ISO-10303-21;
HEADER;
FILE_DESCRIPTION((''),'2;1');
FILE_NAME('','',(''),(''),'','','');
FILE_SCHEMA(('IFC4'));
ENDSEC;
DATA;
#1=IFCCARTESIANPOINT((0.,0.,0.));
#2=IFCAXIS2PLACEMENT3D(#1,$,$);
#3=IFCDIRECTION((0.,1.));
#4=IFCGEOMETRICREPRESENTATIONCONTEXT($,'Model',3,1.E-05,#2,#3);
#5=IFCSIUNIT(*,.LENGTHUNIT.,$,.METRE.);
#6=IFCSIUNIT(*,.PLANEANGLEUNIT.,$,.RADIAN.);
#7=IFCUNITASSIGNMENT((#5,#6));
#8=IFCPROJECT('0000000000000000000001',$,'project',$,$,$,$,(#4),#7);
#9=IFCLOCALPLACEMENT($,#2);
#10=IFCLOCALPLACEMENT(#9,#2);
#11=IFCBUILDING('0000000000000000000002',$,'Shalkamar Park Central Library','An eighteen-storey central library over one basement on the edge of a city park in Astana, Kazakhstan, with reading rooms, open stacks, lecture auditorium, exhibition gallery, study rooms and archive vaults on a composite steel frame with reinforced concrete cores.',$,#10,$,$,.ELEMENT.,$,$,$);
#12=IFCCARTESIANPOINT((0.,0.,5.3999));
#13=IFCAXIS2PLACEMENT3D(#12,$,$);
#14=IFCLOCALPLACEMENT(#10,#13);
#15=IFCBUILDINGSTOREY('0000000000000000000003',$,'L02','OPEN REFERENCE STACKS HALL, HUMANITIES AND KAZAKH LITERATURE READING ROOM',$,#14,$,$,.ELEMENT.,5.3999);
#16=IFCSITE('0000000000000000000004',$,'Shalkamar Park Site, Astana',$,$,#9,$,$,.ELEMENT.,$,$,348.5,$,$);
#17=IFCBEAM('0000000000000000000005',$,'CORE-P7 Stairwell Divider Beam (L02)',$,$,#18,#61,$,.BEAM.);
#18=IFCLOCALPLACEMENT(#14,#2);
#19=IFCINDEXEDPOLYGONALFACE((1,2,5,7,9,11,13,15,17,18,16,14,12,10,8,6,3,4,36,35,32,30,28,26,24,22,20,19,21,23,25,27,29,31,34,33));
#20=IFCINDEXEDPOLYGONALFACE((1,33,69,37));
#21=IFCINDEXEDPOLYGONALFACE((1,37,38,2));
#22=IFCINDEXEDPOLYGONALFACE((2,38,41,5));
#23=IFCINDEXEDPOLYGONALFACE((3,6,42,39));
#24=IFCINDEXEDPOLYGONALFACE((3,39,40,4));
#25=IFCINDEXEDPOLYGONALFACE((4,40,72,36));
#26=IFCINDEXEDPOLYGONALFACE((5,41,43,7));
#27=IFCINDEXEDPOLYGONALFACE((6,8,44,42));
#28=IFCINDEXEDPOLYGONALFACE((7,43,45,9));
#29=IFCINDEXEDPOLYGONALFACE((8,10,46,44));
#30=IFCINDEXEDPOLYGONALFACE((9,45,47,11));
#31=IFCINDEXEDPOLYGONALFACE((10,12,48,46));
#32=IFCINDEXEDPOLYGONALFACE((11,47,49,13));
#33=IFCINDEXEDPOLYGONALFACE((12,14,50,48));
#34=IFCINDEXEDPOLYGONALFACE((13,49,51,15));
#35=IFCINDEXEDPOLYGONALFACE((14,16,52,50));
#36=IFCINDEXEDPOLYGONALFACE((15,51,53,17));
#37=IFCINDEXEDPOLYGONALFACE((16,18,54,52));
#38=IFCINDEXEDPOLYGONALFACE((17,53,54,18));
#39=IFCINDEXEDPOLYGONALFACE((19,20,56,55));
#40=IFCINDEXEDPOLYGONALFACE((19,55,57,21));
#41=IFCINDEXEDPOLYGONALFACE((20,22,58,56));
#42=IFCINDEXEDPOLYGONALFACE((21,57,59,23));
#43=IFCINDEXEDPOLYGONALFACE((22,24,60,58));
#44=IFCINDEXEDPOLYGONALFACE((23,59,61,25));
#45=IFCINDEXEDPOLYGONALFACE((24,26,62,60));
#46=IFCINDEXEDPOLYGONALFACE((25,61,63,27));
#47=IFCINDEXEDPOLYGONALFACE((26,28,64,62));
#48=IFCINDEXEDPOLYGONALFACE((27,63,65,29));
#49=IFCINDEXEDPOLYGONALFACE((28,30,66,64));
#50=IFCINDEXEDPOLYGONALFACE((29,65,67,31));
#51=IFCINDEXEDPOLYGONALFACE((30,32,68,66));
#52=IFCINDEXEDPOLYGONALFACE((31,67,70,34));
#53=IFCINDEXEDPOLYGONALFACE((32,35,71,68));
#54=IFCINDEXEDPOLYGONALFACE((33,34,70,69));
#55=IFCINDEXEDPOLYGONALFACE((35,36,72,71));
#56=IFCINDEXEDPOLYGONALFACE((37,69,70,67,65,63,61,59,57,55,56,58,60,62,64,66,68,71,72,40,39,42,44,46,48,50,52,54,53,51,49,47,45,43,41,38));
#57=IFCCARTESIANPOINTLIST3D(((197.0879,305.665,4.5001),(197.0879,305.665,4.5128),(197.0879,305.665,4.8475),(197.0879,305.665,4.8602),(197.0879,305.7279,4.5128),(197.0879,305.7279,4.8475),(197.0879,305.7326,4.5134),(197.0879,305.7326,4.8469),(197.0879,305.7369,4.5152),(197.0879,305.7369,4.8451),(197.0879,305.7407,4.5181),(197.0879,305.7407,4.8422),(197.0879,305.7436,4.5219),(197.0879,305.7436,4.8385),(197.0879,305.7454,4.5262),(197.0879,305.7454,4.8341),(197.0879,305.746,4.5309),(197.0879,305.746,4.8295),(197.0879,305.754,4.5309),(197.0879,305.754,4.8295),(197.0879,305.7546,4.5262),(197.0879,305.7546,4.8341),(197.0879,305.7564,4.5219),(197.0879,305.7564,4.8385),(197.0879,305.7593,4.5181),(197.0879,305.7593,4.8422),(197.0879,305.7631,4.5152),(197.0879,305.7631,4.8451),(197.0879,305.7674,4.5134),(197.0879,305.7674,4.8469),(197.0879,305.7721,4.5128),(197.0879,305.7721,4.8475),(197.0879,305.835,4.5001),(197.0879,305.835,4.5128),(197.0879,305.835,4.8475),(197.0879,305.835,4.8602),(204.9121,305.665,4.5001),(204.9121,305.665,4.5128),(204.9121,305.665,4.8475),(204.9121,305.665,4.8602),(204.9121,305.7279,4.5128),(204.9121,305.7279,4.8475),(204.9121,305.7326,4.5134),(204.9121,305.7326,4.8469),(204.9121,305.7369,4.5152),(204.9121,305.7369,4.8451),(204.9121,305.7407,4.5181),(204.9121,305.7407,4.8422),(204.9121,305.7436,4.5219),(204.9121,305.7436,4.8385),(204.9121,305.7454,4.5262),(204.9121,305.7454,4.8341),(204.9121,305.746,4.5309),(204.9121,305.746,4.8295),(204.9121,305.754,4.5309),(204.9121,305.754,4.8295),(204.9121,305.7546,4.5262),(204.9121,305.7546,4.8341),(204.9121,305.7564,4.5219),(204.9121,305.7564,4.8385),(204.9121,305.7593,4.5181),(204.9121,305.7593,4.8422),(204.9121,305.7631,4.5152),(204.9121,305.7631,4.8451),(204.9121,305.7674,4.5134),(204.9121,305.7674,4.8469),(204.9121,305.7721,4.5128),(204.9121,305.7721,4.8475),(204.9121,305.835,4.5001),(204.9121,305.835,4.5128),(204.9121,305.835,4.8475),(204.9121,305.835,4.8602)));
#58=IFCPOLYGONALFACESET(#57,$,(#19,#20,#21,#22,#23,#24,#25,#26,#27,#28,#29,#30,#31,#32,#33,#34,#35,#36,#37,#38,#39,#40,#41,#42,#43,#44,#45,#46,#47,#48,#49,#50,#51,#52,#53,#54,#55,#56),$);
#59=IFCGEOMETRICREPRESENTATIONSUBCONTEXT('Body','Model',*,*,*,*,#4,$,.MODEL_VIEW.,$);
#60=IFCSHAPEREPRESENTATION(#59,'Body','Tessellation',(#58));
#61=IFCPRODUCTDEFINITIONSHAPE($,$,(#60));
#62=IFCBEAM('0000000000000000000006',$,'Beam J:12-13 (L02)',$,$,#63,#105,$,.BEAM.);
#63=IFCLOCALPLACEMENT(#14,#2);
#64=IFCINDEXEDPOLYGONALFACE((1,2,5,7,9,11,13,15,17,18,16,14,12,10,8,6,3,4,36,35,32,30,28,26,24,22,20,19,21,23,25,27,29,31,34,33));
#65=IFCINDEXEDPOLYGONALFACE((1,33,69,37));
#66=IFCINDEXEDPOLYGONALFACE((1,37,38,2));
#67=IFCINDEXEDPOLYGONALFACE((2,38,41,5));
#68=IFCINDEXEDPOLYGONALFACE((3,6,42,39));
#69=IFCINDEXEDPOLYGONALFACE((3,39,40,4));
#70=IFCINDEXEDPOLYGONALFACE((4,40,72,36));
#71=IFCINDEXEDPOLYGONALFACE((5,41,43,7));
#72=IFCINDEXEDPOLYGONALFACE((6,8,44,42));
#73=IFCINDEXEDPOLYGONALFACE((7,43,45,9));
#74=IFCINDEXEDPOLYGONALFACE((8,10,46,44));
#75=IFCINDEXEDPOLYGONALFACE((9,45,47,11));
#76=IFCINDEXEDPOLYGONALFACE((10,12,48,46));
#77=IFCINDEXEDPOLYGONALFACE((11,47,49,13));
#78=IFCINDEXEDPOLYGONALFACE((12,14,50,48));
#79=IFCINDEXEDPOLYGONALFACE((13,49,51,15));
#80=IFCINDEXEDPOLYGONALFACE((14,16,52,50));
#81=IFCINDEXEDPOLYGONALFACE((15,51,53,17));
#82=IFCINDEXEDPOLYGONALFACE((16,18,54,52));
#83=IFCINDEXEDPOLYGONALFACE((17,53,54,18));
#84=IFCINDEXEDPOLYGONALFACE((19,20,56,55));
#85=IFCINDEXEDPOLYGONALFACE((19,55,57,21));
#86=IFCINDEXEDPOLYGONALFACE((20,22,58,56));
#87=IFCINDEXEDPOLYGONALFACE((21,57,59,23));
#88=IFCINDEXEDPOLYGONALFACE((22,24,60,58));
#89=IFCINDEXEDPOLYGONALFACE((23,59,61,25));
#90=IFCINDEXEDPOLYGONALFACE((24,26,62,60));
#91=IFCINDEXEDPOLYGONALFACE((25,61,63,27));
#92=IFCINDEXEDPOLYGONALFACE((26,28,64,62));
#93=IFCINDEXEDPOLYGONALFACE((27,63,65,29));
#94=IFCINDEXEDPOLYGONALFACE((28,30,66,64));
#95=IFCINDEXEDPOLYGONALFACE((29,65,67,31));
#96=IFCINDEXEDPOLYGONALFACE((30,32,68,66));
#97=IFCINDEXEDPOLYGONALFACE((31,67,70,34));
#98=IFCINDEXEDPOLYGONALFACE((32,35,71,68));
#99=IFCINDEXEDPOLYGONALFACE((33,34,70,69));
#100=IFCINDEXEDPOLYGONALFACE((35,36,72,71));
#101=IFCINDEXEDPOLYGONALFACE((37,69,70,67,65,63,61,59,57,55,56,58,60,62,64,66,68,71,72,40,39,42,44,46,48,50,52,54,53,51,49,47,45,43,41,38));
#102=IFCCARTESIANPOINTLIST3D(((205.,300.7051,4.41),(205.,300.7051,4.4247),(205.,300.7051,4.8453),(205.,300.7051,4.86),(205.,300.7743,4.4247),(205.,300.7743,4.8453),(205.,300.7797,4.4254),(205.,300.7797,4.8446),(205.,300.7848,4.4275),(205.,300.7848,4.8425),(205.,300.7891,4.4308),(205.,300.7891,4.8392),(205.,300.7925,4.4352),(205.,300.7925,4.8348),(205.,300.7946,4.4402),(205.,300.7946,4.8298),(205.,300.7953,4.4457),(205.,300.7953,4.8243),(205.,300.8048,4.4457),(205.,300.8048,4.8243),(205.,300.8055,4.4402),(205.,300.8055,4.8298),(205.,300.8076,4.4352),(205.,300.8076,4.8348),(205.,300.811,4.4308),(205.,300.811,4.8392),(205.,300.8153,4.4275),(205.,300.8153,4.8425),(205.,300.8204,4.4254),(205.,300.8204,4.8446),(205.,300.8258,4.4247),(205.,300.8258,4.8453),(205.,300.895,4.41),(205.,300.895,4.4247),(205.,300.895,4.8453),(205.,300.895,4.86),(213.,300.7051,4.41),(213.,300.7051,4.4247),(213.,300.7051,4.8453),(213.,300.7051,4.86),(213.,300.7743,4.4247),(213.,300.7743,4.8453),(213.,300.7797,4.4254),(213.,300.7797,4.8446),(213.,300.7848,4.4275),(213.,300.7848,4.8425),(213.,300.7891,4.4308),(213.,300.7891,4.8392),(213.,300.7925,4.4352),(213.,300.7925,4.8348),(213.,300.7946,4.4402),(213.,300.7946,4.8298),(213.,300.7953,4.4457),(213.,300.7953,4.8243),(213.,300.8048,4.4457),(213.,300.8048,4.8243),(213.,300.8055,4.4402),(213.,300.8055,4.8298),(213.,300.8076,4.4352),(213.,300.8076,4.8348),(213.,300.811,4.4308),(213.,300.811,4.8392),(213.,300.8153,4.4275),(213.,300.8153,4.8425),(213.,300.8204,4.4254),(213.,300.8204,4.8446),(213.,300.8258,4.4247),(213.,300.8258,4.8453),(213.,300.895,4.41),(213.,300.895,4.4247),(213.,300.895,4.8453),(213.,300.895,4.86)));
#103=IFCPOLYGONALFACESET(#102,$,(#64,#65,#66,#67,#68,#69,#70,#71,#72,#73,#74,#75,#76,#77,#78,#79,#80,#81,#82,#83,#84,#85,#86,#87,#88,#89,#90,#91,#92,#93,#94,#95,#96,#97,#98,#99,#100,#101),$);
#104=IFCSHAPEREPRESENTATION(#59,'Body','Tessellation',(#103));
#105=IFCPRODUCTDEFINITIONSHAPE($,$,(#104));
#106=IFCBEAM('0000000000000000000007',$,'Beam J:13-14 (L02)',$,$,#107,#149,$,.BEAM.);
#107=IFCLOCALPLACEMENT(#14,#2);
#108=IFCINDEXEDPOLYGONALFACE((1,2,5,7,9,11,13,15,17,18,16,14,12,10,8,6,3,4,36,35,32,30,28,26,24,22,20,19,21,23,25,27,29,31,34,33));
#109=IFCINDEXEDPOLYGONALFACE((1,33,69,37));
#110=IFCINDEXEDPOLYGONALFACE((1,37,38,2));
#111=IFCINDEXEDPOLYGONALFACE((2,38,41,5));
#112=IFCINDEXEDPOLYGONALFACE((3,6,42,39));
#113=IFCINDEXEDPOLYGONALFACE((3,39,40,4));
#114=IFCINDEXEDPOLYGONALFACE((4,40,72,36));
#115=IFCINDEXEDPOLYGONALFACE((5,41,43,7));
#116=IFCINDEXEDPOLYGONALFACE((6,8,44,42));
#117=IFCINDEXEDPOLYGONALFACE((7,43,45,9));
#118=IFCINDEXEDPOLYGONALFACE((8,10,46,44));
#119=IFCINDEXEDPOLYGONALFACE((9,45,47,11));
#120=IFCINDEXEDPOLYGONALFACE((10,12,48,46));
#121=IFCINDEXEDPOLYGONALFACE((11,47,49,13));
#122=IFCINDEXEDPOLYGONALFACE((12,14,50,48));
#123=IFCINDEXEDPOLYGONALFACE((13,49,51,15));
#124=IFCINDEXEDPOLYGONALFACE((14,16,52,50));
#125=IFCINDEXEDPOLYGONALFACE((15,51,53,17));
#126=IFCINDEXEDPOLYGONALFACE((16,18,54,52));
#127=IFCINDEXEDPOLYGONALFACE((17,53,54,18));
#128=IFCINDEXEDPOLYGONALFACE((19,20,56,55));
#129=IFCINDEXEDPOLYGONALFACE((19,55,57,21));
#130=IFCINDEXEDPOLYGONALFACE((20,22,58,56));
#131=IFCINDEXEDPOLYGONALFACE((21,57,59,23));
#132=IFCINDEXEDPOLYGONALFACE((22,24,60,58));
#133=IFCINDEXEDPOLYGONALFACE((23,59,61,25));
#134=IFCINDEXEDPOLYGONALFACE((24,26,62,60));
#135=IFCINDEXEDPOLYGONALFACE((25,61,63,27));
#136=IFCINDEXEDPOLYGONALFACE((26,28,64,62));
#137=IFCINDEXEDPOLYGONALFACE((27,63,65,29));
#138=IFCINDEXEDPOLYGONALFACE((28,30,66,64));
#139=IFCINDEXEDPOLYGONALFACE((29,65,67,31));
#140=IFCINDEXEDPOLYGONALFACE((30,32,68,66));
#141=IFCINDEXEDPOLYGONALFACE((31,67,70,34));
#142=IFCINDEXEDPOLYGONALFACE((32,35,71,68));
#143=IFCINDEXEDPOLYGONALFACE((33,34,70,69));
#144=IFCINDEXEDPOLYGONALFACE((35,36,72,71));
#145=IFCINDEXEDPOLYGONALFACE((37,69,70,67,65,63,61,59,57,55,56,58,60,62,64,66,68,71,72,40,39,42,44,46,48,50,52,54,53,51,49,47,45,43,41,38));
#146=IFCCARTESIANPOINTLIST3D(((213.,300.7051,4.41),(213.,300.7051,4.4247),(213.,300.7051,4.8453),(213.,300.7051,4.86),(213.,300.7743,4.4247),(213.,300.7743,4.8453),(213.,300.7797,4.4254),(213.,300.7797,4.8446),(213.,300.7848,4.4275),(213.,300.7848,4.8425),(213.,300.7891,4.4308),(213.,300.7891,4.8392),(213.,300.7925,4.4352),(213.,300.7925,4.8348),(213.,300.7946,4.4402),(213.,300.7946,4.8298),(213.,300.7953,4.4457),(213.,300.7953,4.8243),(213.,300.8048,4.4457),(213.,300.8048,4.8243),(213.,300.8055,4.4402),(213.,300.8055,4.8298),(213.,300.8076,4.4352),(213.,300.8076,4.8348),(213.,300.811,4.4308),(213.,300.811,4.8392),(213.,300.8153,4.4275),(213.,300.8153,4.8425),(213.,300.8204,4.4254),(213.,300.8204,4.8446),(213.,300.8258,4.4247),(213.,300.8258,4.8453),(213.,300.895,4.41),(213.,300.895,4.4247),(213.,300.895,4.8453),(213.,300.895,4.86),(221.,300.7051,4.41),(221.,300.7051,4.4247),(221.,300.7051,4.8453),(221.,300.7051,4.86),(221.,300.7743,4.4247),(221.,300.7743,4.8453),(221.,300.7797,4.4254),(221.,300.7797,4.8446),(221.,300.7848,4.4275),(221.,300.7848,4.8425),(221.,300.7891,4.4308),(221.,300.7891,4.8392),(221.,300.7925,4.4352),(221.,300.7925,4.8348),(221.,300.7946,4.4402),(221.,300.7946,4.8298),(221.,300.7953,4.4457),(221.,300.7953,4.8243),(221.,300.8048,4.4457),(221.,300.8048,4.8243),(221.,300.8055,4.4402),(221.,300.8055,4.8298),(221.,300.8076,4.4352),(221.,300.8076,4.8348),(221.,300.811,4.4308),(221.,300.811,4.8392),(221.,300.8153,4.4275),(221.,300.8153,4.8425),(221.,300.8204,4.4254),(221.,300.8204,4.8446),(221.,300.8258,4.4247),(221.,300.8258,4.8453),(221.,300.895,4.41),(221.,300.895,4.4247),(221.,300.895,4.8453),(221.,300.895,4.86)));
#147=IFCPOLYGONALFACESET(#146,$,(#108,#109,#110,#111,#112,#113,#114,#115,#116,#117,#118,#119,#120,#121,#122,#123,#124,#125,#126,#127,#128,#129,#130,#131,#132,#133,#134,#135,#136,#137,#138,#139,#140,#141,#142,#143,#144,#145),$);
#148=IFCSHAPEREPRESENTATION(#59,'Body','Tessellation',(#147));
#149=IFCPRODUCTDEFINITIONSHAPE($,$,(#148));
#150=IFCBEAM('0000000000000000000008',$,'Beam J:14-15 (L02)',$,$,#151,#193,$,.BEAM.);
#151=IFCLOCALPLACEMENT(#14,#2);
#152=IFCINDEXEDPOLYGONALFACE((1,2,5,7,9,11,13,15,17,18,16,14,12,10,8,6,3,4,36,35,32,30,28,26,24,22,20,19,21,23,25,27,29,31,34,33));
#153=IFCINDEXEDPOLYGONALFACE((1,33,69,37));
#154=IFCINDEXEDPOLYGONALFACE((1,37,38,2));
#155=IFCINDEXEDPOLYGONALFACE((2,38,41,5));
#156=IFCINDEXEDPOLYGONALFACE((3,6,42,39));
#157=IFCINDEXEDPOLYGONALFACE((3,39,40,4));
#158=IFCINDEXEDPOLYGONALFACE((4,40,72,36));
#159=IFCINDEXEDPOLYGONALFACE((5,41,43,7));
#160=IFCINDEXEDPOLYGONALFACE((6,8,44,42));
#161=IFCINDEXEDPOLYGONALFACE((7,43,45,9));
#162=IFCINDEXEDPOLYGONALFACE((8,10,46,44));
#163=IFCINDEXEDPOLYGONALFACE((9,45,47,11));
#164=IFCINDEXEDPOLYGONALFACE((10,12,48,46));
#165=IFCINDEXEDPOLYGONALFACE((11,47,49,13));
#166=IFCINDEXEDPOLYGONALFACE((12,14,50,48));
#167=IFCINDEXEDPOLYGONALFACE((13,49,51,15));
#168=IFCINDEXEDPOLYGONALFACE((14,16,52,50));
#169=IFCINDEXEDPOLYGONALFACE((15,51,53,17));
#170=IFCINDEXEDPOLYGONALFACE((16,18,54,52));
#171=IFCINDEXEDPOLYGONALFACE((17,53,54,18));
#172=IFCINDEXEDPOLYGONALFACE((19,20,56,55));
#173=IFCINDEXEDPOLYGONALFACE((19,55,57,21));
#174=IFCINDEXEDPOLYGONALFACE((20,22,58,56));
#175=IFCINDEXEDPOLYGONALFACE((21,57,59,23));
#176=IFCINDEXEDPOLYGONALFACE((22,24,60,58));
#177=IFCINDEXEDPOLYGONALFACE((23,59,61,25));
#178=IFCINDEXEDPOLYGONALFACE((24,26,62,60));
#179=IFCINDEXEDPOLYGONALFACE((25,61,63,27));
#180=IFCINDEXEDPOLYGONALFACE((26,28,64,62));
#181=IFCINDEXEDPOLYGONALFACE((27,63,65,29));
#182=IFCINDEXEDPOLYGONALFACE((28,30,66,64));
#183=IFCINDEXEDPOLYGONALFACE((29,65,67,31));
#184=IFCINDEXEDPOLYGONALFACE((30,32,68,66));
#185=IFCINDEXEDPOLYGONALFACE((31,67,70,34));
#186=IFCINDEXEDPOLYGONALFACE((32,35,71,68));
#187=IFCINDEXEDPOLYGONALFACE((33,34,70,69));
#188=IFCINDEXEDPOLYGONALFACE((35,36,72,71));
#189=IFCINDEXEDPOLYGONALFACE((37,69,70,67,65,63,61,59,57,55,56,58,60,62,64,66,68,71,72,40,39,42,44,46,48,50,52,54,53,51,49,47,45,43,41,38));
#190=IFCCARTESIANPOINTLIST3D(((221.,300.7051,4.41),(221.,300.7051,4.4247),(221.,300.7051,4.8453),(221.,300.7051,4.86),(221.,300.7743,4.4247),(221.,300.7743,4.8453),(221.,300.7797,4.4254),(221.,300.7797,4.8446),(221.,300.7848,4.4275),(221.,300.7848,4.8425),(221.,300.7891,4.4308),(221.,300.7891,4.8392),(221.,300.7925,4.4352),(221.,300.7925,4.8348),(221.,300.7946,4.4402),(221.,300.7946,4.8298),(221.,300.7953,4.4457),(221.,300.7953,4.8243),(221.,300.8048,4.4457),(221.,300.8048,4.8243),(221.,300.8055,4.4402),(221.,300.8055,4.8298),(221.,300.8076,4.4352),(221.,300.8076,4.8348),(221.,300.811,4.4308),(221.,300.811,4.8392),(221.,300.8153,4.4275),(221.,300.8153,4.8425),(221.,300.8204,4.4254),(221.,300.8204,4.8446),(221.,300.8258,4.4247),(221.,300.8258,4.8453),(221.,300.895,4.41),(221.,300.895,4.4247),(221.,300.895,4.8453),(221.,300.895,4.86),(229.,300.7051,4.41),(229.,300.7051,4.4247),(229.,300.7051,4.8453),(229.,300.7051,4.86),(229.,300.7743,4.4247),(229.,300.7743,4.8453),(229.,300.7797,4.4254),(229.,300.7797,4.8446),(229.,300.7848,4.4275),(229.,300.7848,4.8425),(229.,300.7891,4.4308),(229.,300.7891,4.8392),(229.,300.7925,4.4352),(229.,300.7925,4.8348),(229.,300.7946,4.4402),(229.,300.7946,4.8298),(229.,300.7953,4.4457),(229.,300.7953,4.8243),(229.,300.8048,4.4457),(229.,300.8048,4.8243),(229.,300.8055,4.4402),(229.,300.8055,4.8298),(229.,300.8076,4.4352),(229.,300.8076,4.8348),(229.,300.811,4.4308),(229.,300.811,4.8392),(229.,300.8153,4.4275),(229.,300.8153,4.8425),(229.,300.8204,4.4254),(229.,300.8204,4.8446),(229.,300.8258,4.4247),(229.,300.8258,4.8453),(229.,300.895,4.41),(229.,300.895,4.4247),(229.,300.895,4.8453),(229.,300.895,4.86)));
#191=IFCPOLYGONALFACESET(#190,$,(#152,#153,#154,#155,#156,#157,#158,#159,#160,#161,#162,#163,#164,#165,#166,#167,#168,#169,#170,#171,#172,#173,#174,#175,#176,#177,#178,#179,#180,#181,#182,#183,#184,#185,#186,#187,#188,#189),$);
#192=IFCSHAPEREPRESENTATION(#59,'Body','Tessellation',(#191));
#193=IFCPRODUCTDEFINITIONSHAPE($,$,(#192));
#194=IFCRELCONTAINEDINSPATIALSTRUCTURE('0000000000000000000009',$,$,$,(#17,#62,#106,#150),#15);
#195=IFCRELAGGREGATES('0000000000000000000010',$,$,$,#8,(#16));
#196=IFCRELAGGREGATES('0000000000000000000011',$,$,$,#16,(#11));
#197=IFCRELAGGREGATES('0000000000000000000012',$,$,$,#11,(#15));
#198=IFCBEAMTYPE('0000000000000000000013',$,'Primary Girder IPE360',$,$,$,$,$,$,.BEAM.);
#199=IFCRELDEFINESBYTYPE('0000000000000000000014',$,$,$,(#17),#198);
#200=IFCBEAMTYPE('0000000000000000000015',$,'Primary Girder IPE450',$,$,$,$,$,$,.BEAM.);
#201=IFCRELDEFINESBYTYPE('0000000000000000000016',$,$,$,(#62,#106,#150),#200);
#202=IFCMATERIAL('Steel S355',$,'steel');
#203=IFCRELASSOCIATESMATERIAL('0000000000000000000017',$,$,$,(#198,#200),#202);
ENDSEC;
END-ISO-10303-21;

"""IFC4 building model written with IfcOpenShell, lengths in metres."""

from ifc_helpers import new_model, si_unit, direction, frame, origin, origin_2d, place, context, subcontext, project, spatial, i_section, extrude, material, material_profile, profile_set, type_object, element, save


model = new_model("IFC4")

# Units and contexts
model_context = context("Model", 3, precision=1e-05, world=origin(), true_north=direction((0.0, 1.0)))
body_context = subcontext(model_context, "Body", "Model", "MODEL_VIEW")
ifc_project = project(units=[si_unit("LENGTHUNIT", "METRE"), si_unit("PLANEANGLEUNIT", "RADIAN")], contexts=[model_context])

# Site, building, storey
site_placement = place(None, origin())
site = spatial("IfcSite", under=ifc_project, at=site_placement, Name="Shalkamar Park Site, Astana", CompositionType="ELEMENT", RefElevation=348.5)
building_placement = place(site_placement, origin())
building = spatial("IfcBuilding", under=site, at=building_placement, Name="Shalkamar Park Central Library", Description="An eighteen-storey central library over one basement on the edge of a city park in Astana, Kazakhstan, with reading rooms, open stacks, lecture auditorium, exhibition gallery, study rooms and archive vaults on a composite steel frame with reinforced concrete cores.", CompositionType="ELEMENT")
storey_placement = place(building_placement, frame((0.0, 0.0, 5.3999)))
storey = spatial("IfcBuildingStorey", under=building, at=storey_placement, Name="L02", Description="OPEN REFERENCE STACKS HALL, HUMANITIES AND KAZAKH LITERATURE READING ROOM", CompositionType="ELEMENT", Elevation=5.3999)

# Shared definitions
ifc_material_1 = material(Name="Steel S355", Category="steel")

# Beams
ifc_material_profile_1 = material_profile(ifc_material_1, i_section(OverallWidth=0.1699, OverallDepth=0.3601, WebThickness=0.0081, FlangeThickness=0.0127, FilletRadius=0.0181, at=origin_2d()), Name="IPE 360")
ifc_profile_set_1 = profile_set([ifc_material_profile_1], Name="Steel S355")
beam_type_1 = type_object("IfcBeamType", Name="Primary Girder IPE360", PredefinedType="BEAM", material=ifc_profile_set_1)
beam_1_placement = place(storey_placement, frame((197.0879, 305.75, 4.6802), z_axis=(1.0, 0.0, 0.0), x_axis=(0.0, 1.0, 0.0)))
element("IfcBeam", 1, at=beam_1_placement, inside=storey, type_object=beam_type_1, Name="CORE-P7 Stairwell Divider Beam (L02)", PredefinedType="BEAM", context=body_context, shape_type="SweptSolid", body=[
    extrude(i_section(OverallWidth=0.1699, OverallDepth=0.3601, WebThickness=0.0081, FlangeThickness=0.0127, FilletRadius=0.0181, at=origin_2d()), origin(), (0.0, 0.0, 1.0), 7.8242),
])
ifc_material_profile_2 = material_profile(ifc_material_1, i_section(OverallWidth=0.1899, OverallDepth=0.45, WebThickness=0.0095, FlangeThickness=0.0146, FilletRadius=0.021, at=origin_2d()), Name="IPE 450")
ifc_profile_set_2 = profile_set([ifc_material_profile_2], Name="Steel S355")
beam_type_2 = type_object("IfcBeamType", Name="Primary Girder IPE450", PredefinedType="BEAM", material=ifc_profile_set_2)
for number, where, z_axis, x_axis, name in (
    (2, (205.0, 300.8, 4.635), (1.0, 0.0, 0.0), (0.0, 1.0, 0.0), "Beam J:12-13 (L02)"),
    (3, (213.0, 300.8, 4.635), (1.0, 0.0, 0.0), (0.0, 1.0, 0.0), "Beam J:13-14 (L02)"),
    (4, (221.0, 300.8, 4.635), (1.0, 0.0, 0.0), (0.0, 1.0, 0.0), "Beam J:14-15 (L02)"),
):
    element("IfcBeam", number, at=place(storey_placement, frame(where, z_axis=z_axis, x_axis=x_axis)), inside=storey, type_object=beam_type_2, Name=name, PredefinedType="BEAM", context=body_context, shape_type="SweptSolid", body=[
        extrude(i_section(OverallWidth=0.1899, OverallDepth=0.45, WebThickness=0.0095, FlangeThickness=0.0146, FilletRadius=0.021, at=origin_2d()), origin(), (0.0, 0.0, 1.0), 8.0),
    ])

save(model, "model.ifc")
